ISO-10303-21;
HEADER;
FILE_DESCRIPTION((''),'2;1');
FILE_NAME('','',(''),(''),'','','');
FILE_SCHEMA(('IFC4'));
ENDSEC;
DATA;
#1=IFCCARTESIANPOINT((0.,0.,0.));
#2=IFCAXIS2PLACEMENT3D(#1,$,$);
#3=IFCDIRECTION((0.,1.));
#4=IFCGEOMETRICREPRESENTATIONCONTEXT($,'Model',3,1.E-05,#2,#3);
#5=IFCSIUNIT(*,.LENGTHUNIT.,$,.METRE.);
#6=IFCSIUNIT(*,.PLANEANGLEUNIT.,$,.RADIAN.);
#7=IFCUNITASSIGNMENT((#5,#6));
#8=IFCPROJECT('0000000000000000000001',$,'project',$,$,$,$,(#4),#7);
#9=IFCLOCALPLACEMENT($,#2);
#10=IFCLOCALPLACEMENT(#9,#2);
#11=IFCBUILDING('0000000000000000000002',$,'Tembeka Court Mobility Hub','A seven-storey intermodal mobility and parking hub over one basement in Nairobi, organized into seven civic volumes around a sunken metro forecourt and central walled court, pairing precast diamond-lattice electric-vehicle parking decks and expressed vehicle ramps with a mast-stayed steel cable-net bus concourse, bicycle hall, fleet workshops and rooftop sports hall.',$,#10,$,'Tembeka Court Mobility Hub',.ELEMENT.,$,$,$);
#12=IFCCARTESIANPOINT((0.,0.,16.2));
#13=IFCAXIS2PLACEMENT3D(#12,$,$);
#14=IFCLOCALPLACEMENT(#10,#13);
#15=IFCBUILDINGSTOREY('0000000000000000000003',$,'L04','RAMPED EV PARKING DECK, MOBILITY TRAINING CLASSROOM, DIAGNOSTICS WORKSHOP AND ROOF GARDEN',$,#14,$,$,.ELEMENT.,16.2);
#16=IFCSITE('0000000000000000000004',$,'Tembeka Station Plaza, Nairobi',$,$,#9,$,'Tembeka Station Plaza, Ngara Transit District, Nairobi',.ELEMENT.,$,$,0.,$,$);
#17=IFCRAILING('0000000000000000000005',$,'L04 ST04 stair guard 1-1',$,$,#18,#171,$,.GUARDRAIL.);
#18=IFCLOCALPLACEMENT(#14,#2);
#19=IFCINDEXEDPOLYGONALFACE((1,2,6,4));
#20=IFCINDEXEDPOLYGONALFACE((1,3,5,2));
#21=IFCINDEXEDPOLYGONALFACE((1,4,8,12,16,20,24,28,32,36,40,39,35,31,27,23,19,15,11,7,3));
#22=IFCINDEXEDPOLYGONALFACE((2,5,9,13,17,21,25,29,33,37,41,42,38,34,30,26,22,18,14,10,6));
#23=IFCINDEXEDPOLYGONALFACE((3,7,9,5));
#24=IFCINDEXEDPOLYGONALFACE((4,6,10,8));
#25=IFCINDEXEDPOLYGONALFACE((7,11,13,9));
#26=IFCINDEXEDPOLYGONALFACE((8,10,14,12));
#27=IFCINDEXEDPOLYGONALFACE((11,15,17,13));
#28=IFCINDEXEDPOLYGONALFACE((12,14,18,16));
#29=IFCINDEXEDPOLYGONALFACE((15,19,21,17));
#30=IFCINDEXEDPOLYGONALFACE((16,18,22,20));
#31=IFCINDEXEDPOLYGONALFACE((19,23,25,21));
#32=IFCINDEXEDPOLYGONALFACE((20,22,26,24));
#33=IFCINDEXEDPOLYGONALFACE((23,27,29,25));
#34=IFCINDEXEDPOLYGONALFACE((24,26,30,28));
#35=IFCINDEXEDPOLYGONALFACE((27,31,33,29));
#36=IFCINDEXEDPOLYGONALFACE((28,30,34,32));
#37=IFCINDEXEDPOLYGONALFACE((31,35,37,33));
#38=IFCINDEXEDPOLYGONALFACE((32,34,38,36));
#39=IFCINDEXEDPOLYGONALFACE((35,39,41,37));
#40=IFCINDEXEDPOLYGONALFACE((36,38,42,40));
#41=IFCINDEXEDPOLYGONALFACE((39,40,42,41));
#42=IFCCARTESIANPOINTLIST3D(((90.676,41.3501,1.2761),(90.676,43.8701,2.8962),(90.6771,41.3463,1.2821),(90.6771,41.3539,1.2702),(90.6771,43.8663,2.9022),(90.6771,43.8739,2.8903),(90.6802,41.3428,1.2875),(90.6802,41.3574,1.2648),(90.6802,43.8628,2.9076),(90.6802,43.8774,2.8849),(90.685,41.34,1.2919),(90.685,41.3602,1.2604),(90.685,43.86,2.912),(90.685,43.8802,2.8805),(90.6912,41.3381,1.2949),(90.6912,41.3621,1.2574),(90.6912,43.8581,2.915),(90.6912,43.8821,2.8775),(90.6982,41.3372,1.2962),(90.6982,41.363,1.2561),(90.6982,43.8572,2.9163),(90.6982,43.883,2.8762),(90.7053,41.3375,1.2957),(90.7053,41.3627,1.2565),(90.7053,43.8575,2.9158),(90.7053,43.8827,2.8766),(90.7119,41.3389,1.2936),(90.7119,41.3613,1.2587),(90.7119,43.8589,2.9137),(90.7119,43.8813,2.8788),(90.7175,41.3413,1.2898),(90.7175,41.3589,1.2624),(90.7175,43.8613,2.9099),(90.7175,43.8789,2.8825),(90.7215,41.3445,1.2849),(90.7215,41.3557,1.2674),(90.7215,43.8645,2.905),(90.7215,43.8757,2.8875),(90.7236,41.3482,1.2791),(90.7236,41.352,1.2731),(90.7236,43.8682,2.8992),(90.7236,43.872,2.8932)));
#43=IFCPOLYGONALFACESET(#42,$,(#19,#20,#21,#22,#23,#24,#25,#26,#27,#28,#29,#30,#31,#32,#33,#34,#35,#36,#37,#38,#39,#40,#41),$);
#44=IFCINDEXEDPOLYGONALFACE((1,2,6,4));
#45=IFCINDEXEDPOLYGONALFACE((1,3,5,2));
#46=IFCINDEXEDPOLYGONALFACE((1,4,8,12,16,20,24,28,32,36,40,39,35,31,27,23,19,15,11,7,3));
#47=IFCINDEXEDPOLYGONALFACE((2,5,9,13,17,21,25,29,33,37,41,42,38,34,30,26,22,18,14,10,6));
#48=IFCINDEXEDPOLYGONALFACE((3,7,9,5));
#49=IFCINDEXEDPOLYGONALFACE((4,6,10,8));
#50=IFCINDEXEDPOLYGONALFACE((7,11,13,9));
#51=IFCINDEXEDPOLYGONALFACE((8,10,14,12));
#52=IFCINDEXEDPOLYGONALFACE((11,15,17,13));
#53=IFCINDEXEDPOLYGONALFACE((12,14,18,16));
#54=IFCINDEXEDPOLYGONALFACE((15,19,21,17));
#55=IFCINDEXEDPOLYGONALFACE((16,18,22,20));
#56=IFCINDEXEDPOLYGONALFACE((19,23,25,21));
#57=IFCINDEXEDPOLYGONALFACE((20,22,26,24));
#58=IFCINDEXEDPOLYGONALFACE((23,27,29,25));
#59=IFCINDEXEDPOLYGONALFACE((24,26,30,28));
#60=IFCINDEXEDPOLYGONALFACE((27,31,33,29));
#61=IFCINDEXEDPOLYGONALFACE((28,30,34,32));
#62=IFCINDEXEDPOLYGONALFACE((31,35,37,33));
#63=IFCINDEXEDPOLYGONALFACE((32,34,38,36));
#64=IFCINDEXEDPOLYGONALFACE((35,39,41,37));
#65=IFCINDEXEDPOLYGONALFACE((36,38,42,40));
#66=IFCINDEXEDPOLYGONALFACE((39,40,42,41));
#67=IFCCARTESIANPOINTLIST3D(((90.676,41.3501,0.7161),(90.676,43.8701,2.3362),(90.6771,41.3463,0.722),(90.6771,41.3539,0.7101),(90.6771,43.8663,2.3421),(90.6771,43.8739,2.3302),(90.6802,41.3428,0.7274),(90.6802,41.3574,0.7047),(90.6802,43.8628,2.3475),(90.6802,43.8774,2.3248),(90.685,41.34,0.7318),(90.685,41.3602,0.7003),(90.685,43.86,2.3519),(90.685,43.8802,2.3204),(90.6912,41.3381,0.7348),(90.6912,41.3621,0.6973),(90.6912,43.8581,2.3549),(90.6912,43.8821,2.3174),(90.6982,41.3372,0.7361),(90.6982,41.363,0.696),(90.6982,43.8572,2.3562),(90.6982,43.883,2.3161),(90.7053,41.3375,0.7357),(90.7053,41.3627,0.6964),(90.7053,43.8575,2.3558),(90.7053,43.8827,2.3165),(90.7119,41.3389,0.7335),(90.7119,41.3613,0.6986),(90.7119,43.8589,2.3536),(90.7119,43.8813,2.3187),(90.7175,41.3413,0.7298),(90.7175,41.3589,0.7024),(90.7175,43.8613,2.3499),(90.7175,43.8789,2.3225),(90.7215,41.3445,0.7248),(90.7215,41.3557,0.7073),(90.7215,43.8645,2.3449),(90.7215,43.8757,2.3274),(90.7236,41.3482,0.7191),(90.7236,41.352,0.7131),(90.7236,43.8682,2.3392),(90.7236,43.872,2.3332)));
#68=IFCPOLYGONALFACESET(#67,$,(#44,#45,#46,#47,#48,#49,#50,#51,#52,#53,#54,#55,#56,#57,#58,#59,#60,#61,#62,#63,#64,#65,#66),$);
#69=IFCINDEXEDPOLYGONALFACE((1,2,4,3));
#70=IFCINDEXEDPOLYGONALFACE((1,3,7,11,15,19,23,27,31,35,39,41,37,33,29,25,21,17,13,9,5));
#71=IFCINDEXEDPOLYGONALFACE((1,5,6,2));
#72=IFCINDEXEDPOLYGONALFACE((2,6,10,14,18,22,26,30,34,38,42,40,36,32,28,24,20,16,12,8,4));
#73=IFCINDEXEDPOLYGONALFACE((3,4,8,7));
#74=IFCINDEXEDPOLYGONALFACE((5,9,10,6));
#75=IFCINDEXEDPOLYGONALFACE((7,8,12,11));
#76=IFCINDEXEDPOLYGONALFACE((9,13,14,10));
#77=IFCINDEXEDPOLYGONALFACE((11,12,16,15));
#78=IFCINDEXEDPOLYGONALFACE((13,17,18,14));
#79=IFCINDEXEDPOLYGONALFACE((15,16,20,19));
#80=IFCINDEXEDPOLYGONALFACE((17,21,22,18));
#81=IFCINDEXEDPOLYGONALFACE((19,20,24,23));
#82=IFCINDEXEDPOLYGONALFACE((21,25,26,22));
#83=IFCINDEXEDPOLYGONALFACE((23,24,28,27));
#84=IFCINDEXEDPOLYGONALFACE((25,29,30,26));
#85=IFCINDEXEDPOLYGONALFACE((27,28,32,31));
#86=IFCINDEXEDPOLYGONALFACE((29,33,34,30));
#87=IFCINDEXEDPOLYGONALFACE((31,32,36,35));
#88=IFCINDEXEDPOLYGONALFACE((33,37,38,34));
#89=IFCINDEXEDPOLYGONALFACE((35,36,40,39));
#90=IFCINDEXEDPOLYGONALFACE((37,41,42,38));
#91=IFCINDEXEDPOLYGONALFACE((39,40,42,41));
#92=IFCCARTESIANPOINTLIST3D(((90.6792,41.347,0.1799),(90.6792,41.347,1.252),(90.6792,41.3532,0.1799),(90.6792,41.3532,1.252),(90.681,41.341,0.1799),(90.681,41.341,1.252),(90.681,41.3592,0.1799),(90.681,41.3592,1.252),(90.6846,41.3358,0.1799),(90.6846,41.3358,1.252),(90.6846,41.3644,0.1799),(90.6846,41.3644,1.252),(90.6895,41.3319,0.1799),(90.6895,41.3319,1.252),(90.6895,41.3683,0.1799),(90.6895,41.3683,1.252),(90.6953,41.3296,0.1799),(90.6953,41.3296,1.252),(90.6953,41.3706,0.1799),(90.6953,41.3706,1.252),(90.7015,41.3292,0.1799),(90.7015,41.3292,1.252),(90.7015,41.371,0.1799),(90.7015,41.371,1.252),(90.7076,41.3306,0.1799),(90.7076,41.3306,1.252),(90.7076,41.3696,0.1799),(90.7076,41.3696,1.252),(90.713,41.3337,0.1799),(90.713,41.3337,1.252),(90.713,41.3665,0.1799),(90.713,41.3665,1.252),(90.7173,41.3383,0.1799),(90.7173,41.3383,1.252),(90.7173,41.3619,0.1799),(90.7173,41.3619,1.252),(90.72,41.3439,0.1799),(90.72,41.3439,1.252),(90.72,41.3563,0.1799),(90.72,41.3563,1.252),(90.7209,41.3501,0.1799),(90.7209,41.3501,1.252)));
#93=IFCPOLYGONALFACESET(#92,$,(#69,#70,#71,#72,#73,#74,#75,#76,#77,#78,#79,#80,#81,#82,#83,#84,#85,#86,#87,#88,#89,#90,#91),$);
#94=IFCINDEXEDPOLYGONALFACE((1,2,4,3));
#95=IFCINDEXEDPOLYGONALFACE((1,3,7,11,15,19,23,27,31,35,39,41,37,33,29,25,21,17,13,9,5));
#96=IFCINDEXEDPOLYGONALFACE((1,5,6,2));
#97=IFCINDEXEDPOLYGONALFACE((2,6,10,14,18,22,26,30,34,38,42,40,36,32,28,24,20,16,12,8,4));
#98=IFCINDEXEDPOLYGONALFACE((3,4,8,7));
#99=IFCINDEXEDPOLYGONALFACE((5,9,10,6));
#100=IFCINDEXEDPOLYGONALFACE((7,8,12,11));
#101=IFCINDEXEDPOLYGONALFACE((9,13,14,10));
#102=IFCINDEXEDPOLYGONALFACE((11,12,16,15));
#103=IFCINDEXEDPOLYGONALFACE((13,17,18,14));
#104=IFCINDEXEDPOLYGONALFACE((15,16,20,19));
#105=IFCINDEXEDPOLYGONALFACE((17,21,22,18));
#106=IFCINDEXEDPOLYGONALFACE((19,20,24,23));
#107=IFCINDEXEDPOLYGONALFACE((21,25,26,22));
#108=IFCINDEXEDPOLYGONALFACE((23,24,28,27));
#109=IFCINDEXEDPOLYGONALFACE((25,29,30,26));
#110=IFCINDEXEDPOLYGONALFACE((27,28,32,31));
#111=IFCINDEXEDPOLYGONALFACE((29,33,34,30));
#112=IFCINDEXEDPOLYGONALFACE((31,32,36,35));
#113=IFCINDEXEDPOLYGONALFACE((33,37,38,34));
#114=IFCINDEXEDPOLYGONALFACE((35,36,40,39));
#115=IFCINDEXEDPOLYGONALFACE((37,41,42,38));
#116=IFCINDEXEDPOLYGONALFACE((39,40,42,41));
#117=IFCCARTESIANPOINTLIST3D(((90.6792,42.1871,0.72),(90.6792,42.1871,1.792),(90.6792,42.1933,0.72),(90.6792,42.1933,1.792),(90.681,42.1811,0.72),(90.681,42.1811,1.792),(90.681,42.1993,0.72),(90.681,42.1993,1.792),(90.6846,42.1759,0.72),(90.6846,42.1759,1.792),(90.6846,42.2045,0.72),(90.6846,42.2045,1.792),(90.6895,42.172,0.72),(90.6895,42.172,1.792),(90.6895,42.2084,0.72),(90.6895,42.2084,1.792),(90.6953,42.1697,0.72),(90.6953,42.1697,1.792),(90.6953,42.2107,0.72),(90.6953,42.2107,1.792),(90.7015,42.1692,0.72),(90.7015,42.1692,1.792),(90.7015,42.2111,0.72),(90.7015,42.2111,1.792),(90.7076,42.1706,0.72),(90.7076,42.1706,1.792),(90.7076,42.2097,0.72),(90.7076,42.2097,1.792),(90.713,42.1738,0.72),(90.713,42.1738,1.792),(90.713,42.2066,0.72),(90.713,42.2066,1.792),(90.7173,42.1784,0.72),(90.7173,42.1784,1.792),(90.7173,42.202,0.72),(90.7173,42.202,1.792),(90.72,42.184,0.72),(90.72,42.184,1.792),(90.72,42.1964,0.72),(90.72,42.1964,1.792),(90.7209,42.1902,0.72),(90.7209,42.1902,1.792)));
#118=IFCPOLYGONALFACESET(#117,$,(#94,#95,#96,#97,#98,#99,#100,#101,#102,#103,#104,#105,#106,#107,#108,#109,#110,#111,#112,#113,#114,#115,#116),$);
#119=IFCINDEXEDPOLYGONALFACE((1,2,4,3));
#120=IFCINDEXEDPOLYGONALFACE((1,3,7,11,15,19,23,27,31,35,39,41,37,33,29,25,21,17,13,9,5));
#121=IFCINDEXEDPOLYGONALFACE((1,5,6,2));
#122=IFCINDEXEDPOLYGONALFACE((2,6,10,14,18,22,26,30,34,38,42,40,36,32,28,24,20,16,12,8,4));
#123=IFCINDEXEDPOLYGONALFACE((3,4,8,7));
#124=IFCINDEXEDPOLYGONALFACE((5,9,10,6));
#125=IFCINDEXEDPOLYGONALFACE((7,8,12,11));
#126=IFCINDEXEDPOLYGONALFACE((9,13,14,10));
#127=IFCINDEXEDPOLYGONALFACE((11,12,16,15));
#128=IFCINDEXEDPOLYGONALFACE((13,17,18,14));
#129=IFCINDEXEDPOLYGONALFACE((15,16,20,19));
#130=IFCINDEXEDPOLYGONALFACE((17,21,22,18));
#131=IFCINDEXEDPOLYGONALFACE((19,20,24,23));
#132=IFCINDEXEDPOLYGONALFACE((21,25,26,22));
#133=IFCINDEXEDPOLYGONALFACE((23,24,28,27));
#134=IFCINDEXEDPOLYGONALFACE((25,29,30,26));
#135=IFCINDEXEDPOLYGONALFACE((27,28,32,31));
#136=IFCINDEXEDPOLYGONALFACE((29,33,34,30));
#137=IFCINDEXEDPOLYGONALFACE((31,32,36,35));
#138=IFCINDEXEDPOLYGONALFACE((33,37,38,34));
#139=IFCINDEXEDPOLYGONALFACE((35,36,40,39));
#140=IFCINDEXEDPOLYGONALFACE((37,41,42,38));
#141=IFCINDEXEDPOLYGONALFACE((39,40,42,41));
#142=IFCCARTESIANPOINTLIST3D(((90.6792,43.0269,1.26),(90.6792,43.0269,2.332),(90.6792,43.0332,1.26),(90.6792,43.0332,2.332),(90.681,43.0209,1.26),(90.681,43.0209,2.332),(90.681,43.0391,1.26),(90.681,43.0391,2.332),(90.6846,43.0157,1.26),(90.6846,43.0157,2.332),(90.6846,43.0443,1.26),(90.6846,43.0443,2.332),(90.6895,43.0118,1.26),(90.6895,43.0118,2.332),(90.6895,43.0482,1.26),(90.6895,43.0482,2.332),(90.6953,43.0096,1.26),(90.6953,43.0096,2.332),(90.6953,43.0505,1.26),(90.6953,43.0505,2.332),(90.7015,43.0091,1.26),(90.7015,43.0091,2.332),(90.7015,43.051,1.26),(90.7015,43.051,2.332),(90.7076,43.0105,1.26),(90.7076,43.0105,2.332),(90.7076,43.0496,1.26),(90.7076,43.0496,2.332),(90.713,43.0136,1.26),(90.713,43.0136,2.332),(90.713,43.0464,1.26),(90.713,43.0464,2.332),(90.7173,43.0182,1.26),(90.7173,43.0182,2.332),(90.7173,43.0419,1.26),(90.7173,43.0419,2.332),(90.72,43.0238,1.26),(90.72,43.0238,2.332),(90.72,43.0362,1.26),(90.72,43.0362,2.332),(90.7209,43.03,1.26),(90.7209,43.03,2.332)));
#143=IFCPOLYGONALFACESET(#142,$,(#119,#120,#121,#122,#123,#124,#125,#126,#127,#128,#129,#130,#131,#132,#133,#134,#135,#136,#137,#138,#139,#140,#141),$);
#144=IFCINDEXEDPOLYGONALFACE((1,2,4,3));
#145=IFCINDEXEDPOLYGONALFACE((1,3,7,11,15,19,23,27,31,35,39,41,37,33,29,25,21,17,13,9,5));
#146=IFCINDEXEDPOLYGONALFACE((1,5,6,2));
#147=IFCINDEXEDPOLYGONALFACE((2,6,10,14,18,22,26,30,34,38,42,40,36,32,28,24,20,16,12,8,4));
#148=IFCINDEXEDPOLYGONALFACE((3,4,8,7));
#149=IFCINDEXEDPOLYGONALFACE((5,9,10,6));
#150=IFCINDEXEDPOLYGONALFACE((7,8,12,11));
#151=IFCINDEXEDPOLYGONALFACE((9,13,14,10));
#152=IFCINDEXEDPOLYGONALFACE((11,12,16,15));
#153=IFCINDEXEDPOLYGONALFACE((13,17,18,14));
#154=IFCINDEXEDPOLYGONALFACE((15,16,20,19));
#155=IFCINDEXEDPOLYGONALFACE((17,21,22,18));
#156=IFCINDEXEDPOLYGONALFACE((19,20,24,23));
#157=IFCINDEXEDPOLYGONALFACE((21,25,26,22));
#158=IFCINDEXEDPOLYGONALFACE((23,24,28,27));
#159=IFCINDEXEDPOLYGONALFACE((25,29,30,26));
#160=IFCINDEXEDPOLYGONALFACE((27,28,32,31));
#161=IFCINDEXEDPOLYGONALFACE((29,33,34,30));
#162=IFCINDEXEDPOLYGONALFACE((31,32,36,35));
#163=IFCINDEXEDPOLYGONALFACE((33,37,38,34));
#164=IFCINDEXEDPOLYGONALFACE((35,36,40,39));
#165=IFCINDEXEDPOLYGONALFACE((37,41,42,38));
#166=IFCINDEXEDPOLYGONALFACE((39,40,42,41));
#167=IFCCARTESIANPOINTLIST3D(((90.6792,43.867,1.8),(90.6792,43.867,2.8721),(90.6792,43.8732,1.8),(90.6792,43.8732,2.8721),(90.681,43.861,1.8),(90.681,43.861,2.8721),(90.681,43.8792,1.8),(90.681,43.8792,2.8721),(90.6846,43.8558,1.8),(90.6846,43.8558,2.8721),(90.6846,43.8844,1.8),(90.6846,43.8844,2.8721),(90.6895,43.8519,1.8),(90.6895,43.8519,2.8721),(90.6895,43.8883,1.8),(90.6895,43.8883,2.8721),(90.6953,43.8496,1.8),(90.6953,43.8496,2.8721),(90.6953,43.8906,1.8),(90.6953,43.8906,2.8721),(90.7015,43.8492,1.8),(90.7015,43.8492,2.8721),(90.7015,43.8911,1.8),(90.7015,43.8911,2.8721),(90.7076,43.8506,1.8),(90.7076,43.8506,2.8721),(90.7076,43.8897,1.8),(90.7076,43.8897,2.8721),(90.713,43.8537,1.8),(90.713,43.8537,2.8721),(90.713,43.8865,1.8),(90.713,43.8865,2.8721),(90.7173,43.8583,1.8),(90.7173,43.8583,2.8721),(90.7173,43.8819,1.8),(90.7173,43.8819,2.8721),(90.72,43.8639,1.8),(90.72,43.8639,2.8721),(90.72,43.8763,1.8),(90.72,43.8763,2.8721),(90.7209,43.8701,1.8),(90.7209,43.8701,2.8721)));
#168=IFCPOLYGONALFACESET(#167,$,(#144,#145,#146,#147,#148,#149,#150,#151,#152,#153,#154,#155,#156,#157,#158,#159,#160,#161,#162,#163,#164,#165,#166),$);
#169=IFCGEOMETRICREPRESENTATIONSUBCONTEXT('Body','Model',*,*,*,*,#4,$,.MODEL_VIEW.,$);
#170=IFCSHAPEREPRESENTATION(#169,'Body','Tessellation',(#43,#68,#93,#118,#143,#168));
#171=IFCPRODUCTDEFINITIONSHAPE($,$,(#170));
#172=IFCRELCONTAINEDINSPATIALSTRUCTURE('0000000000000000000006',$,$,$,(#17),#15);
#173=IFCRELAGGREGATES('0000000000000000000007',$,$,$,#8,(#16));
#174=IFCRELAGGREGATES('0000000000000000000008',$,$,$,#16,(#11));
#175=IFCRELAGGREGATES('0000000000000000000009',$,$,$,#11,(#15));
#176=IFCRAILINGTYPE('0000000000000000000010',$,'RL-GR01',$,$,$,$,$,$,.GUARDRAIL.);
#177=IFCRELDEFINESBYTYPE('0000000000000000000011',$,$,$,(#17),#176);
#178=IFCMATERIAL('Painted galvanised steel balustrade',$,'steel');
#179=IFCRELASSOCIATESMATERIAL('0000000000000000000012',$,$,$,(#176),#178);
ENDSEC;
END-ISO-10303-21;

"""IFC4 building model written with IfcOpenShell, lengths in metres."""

from ifc_helpers import new_model, si_unit, direction, frame, origin, origin_2d, place, context, subcontext, project, spatial, circle, extrude, material, type_object, element, save


model = new_model("IFC4")

# Units and contexts
model_context = context("Model", 3, precision=1e-05, world=origin(), true_north=direction((0.0, 1.0)))
body_context = subcontext(model_context, "Body", "Model", "MODEL_VIEW")
ifc_project = project(units=[si_unit("LENGTHUNIT", "METRE"), si_unit("PLANEANGLEUNIT", "RADIAN")], contexts=[model_context])

# Site, building, storey
site_placement = place(None, origin())
site = spatial("IfcSite", under=ifc_project, at=site_placement, Name="Tembeka Station Plaza, Nairobi", LongName="Tembeka Station Plaza, Ngara Transit District, Nairobi", CompositionType="ELEMENT", RefElevation=0.0)
building_placement = place(site_placement, origin())
building = spatial("IfcBuilding", under=site, at=building_placement, Name="Tembeka Court Mobility Hub", Description="A seven-storey intermodal mobility and parking hub over one basement in Nairobi, organized into seven civic volumes around a sunken metro forecourt and central walled court, pairing precast diamond-lattice electric-vehicle parking decks and expressed vehicle ramps with a mast-stayed steel cable-net bus concourse, bicycle hall, fleet workshops and rooftop sports hall.", LongName="Tembeka Court Mobility Hub", CompositionType="ELEMENT")
storey_placement = place(building_placement, frame((0.0, 0.0, 16.2)))
storey = spatial("IfcBuildingStorey", under=building, at=storey_placement, Name="L04", Description="RAMPED EV PARKING DECK, MOBILITY TRAINING CLASSROOM, DIAGNOSTICS WORKSHOP AND ROOF GARDEN", CompositionType="ELEMENT", Elevation=16.2)

# Railing
ifc_material_1 = material(Name="Painted galvanised steel balustrade", Category="steel")
railing_type_1 = type_object("IfcRailingType", Name="RL-GR01", PredefinedType="GUARDRAIL", material=ifc_material_1)
railing_1_placement = place(storey_placement, frame((90.7, 41.3501, 0.1799)))
element("IfcRailing", 1, at=railing_1_placement, inside=storey, type_object=railing_type_1, Name="L04 ST04 stair guard 1-1", PredefinedType="GUARDRAIL", context=body_context, shape_type="SweptSolid", body=[
    extrude(circle(Radius=0.0239, at=origin_2d()), frame((0.0, 0.0, 1.0962), z_axis=(0.0, 0.841163, 0.540782), x_axis=(-1.0, 0.0, 0.0)), (0.0, 0.0, 1.0), 2.9958),
    extrude(circle(Radius=0.0239, at=origin_2d()), frame((0.0, 0.0, 0.5361), z_axis=(0.0, 0.841163, 0.540782), x_axis=(-1.0, 0.0, 0.0)), (0.0, 0.0, 1.0), 2.9958),
    extrude(circle(Radius=0.021, at=origin_2d()), origin(), (0.0, 0.0, 1.0), 1.072),
    extrude(circle(Radius=0.021, at=origin_2d()), frame((0.0, 0.8401, 0.54)), (0.0, 0.0, 1.0), 1.072),
    extrude(circle(Radius=0.021, at=origin_2d()), frame((0.0, 1.6799, 1.0801)), (0.0, 0.0, 1.0), 1.072),
    extrude(circle(Radius=0.021, at=origin_2d()), frame((0.0, 2.52, 1.6201)), (0.0, 0.0, 1.0), 1.072),
])

save(model, "model.ifc")
